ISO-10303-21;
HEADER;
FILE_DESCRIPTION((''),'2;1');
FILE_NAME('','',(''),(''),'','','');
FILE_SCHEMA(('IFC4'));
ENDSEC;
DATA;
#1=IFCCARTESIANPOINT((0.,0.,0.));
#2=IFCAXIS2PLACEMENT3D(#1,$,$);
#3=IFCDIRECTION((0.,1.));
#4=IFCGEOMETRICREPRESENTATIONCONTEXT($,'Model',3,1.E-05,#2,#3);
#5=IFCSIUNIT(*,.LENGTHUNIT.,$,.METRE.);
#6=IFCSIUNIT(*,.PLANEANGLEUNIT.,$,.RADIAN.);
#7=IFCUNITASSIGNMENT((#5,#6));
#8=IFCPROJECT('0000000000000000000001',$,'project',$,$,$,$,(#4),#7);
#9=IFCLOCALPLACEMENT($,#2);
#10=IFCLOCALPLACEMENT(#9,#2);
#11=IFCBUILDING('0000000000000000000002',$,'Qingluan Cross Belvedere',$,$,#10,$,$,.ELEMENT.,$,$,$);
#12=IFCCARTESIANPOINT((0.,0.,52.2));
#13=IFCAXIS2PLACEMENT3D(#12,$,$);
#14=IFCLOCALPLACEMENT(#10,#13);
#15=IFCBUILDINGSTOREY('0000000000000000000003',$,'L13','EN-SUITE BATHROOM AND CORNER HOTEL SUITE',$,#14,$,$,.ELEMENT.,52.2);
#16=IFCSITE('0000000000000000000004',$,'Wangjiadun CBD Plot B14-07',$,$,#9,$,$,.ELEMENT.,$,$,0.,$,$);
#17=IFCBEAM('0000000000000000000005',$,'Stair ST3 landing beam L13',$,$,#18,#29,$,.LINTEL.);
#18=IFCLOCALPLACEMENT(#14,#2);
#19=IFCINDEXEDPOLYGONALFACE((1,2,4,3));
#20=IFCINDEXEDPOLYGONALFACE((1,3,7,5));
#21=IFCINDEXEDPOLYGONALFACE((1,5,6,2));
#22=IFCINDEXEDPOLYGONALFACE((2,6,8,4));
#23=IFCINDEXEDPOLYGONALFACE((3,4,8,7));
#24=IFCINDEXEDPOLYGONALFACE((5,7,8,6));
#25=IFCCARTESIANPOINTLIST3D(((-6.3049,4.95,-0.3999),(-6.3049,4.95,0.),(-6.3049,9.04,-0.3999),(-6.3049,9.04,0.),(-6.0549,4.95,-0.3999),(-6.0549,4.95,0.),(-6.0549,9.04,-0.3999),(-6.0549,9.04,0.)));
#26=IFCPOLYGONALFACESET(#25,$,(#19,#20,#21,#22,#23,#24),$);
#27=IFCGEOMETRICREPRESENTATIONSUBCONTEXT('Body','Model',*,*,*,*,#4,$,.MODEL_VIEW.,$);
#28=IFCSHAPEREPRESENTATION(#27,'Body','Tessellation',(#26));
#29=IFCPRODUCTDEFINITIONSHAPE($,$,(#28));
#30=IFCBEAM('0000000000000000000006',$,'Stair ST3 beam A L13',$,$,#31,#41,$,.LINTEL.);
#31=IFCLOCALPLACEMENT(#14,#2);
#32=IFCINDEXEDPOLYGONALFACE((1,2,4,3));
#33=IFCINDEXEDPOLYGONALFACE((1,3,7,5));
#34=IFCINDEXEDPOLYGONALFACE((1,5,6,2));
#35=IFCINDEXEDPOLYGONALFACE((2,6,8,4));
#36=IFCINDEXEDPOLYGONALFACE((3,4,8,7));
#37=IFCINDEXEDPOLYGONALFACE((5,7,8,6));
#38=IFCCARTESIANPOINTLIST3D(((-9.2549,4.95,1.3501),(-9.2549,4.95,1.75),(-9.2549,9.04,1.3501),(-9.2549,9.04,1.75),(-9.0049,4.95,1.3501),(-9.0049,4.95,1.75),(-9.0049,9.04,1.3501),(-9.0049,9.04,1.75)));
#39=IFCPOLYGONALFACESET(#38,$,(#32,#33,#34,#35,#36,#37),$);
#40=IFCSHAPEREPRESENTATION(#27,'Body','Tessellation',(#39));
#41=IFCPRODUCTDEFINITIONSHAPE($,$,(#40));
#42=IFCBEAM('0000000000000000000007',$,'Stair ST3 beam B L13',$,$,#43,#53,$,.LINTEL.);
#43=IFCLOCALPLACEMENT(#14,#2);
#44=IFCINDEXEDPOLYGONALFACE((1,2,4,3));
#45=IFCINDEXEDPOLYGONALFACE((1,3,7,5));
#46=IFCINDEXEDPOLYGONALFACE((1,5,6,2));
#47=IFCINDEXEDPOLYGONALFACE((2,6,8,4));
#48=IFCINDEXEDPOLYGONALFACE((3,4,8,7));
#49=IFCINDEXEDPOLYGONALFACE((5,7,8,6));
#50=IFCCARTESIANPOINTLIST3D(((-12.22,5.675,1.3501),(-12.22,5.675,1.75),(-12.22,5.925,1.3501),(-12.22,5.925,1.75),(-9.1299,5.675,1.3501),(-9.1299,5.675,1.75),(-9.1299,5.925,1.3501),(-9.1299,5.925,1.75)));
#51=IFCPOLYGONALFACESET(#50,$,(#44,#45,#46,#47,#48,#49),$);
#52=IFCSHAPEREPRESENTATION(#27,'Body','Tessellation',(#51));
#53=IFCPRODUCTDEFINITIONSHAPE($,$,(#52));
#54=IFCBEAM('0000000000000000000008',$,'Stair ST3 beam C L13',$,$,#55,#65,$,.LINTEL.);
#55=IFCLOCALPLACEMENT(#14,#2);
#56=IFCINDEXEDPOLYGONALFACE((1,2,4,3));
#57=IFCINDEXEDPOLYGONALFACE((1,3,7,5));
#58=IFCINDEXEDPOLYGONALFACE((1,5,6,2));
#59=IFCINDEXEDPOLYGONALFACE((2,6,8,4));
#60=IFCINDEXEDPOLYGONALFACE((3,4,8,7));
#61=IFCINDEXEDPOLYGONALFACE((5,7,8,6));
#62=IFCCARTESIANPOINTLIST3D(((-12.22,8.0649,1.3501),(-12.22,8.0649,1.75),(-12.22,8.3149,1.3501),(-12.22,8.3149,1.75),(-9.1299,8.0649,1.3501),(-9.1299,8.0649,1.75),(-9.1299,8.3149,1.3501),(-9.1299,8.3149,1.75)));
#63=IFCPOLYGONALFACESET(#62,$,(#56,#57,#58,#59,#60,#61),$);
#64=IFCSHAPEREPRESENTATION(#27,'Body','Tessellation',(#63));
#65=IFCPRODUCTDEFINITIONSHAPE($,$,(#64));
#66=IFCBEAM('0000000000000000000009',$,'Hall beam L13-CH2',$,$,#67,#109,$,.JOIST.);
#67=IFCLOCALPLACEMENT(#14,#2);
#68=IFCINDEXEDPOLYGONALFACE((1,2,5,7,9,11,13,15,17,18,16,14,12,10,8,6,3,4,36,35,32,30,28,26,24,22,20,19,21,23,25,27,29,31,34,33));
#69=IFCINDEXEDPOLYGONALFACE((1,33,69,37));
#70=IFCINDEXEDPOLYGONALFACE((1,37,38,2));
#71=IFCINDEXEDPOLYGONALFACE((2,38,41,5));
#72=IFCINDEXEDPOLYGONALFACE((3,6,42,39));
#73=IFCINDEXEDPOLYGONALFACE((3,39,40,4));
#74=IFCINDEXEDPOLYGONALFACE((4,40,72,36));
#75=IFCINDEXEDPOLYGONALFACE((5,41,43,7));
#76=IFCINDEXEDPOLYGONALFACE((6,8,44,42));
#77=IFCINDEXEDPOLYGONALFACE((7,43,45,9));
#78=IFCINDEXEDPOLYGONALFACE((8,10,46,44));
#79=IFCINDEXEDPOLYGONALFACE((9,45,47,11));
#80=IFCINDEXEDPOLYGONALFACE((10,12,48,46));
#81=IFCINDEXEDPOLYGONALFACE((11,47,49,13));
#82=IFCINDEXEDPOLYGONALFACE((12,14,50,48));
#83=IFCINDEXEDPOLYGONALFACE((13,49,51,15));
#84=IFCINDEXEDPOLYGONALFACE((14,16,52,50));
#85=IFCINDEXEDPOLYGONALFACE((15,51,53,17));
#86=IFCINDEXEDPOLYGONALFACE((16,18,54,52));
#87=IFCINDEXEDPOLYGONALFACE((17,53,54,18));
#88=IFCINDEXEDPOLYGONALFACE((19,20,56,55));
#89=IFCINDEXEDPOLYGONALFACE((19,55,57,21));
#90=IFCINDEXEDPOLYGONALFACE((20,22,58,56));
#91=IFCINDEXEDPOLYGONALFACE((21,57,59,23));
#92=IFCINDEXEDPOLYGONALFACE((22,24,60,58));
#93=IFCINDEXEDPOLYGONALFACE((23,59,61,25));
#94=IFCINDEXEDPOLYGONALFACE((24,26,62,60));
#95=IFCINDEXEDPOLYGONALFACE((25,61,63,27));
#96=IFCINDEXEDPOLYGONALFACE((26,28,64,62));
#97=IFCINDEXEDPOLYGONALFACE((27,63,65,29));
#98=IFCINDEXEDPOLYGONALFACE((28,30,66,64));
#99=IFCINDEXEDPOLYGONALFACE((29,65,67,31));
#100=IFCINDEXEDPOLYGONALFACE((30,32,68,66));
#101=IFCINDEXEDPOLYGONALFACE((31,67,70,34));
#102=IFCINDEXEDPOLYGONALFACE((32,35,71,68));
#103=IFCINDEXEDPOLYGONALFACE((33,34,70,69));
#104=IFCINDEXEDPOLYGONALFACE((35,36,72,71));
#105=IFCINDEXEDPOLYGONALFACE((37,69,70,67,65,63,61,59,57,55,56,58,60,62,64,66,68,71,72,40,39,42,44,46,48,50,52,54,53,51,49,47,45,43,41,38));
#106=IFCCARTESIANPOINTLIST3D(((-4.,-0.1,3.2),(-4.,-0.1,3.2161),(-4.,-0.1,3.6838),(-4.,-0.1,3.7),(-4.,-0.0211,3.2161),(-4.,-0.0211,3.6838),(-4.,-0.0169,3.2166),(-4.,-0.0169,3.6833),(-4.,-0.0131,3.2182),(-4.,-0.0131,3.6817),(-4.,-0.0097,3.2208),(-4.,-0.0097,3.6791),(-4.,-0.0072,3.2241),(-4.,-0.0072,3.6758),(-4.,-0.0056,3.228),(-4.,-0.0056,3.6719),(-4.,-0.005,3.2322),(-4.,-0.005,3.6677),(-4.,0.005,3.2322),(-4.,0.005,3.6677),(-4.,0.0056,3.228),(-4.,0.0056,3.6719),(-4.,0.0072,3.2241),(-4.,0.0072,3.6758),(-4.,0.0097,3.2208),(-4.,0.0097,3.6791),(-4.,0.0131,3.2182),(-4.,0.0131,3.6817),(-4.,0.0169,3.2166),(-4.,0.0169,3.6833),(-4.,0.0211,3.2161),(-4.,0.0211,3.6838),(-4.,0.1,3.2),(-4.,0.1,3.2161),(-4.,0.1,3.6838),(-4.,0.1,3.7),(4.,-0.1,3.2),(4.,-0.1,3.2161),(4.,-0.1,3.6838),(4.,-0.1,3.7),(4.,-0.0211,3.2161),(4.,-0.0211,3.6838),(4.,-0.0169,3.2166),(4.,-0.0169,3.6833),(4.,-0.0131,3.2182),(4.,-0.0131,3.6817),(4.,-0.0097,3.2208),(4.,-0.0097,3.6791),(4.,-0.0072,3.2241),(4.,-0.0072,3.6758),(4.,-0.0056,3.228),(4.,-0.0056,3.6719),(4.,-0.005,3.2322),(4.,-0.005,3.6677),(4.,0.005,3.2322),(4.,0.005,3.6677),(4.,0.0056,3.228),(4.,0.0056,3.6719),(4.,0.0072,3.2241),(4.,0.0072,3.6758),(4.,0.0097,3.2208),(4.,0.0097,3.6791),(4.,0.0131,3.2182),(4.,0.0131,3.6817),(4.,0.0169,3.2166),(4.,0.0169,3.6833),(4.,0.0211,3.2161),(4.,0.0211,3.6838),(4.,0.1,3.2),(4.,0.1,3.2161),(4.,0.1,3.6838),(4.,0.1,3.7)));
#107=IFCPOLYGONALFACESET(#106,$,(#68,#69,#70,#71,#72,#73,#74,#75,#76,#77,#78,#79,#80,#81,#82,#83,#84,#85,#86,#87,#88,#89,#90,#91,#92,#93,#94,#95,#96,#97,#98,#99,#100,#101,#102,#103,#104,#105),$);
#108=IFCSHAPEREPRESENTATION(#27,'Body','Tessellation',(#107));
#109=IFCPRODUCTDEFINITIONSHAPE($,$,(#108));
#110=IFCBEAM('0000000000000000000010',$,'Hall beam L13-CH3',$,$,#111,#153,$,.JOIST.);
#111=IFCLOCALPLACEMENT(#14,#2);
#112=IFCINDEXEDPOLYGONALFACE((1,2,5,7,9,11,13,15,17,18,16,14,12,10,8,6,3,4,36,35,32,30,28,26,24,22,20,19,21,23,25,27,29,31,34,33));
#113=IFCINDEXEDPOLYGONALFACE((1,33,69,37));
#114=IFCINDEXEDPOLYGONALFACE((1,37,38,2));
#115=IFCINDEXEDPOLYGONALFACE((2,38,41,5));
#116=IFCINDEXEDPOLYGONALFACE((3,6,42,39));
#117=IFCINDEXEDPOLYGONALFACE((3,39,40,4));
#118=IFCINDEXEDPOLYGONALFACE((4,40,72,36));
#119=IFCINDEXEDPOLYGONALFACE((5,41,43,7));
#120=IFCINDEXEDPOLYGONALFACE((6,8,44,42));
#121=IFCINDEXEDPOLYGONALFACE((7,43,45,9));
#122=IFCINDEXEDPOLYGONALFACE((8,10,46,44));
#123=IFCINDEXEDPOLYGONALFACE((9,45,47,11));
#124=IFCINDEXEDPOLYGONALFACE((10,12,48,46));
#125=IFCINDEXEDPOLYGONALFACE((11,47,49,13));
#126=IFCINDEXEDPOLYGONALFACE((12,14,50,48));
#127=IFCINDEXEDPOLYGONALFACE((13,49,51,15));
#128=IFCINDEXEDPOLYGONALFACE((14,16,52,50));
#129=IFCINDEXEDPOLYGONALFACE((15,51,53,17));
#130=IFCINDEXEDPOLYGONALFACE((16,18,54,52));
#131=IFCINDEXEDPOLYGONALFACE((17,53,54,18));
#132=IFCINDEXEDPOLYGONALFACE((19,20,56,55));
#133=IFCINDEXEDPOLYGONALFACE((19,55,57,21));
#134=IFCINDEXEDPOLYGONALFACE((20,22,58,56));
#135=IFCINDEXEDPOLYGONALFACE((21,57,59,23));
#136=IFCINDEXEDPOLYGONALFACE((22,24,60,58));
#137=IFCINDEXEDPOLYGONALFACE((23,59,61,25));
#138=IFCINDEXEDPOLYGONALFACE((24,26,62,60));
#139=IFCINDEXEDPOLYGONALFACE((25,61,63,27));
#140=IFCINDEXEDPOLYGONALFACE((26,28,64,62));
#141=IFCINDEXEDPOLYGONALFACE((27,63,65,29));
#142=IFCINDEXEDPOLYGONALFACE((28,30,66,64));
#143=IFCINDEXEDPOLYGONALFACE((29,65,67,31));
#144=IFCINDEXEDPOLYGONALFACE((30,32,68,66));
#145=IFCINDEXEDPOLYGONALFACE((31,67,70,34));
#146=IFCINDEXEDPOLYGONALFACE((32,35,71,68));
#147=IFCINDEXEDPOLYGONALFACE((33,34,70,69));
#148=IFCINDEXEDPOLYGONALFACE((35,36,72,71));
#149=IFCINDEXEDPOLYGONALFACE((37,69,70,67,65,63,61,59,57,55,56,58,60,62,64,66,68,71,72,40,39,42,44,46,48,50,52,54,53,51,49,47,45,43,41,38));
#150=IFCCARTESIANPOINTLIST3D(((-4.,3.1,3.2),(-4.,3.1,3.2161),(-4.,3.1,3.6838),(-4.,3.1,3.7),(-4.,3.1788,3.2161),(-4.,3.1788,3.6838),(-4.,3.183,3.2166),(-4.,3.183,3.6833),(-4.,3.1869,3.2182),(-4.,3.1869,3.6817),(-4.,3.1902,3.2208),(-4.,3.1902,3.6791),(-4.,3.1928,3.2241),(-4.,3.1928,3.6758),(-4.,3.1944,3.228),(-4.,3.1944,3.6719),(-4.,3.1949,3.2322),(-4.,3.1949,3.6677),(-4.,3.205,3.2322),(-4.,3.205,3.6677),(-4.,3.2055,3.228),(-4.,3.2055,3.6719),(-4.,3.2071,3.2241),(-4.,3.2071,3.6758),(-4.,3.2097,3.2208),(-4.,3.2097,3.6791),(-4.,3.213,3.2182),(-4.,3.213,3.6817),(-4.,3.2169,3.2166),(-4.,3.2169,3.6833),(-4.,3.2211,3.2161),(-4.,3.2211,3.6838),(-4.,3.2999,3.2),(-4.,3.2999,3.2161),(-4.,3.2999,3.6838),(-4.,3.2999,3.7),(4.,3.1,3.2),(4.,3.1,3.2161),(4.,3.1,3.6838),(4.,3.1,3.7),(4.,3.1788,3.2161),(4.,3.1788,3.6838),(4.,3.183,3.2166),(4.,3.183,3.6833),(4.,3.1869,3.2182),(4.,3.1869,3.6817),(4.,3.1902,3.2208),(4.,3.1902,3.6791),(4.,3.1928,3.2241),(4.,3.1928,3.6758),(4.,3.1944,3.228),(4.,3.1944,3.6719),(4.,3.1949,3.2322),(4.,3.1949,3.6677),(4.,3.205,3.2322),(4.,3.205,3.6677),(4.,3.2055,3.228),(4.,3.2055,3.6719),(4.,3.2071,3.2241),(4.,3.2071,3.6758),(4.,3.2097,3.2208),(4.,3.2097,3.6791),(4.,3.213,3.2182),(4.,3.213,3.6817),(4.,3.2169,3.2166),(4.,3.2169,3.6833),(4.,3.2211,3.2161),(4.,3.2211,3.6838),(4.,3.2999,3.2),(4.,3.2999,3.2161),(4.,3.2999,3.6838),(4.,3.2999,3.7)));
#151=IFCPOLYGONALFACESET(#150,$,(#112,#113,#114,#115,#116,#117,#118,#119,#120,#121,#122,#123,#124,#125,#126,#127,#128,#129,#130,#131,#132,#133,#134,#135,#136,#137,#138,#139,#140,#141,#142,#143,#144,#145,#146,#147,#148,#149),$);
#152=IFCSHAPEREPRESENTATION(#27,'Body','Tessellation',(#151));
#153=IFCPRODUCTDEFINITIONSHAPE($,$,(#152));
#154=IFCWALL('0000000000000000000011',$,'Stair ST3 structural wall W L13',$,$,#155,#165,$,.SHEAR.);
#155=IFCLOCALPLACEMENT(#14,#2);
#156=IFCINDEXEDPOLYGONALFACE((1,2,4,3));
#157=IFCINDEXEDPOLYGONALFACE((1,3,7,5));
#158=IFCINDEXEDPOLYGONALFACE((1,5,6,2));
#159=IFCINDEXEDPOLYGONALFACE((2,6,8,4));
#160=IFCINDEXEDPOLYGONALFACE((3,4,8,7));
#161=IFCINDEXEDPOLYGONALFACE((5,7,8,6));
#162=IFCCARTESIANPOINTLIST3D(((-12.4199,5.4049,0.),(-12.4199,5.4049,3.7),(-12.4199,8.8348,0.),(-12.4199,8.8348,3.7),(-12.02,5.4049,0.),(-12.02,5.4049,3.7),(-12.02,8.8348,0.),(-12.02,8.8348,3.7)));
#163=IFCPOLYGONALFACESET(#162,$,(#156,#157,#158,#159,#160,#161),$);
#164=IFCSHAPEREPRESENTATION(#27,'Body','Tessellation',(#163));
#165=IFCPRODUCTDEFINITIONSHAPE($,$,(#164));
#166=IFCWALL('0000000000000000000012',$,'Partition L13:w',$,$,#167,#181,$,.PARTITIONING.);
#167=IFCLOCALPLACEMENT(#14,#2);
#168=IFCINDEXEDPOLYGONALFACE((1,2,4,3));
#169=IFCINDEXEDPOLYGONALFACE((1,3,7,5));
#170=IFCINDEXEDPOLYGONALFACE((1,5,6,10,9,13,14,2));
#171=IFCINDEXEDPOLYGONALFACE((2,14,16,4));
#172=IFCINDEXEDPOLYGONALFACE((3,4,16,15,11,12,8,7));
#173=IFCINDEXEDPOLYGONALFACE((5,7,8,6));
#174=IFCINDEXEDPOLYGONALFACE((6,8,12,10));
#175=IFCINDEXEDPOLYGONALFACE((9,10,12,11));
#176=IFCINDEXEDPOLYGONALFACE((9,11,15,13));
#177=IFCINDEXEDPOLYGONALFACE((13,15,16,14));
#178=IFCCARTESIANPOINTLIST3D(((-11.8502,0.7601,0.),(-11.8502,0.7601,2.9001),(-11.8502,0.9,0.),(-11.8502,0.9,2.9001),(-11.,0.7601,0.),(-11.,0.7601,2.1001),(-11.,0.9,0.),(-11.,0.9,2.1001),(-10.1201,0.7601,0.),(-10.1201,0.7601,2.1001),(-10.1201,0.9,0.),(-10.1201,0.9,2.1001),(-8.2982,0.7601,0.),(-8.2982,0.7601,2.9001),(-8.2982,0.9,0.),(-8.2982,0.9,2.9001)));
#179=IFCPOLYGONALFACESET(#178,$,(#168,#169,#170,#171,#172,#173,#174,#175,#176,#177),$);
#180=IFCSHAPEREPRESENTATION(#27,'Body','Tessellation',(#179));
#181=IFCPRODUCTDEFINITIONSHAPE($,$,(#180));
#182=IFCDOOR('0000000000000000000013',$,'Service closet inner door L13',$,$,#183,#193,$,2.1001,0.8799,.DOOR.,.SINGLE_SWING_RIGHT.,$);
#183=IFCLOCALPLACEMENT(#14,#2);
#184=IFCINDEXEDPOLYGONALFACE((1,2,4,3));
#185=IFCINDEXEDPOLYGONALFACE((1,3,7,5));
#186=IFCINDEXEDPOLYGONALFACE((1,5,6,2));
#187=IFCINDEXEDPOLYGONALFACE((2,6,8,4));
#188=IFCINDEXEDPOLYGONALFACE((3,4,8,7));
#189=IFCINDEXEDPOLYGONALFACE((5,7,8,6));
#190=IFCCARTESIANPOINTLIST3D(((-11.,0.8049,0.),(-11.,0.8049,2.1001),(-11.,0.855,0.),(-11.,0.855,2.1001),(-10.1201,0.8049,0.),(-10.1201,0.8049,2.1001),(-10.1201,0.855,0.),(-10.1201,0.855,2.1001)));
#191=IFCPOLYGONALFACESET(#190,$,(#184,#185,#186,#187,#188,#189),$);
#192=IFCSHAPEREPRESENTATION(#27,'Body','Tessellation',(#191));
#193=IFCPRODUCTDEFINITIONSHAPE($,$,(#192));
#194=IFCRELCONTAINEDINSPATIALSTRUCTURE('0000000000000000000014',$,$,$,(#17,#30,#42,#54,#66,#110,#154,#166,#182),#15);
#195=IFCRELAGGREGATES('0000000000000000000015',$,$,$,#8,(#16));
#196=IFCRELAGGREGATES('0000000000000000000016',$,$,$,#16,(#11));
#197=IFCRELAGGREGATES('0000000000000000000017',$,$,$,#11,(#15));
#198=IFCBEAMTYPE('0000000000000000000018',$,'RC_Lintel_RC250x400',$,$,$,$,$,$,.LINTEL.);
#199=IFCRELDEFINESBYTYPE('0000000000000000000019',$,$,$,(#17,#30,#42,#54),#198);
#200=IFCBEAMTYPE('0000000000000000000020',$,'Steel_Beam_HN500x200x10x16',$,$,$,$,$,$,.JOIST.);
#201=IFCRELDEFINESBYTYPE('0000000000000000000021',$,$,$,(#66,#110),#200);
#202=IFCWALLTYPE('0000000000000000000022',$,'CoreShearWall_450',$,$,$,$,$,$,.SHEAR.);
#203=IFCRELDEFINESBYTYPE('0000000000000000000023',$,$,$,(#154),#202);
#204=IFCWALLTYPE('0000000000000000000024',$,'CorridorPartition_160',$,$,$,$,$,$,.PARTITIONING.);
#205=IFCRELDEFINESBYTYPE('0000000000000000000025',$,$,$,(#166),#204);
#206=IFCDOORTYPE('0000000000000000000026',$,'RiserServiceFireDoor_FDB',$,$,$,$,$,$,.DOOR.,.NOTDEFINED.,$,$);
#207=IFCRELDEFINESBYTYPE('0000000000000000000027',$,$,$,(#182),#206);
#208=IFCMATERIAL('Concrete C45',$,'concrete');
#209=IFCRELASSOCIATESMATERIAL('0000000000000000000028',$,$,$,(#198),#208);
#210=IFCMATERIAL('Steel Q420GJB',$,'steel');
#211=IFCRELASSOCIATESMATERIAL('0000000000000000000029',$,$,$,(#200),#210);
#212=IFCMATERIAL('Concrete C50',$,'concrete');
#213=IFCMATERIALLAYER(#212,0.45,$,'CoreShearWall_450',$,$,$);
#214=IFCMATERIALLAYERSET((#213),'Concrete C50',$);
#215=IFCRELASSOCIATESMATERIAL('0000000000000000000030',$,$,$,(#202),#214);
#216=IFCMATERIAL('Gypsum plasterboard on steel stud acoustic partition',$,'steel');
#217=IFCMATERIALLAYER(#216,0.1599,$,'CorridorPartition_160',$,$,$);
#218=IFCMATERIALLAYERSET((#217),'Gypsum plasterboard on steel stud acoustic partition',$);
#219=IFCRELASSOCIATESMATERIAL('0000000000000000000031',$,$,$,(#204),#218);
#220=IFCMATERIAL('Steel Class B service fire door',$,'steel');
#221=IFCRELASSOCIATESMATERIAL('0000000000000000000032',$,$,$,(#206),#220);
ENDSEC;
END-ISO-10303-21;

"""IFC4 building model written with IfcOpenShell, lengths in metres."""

from ifc_helpers import new_model, si_unit, direction, frame, frame_2d, origin, origin_2d, place, context, subcontext, project, spatial, rectangle, i_section, extrude, material, layer, layer_set, material_profile, profile_set, type_object, element, fill, save


model = new_model("IFC4")

# Units and contexts
model_context = context("Model", 3, precision=1e-05, world=origin(), true_north=direction((0.0, 1.0)))
body_context = subcontext(model_context, "Body", "Model", "MODEL_VIEW")
ifc_project = project(units=[si_unit("LENGTHUNIT", "METRE"), si_unit("PLANEANGLEUNIT", "RADIAN")], contexts=[model_context])

# Site, building, storey
site_placement = place(None, origin())
site = spatial("IfcSite", under=ifc_project, at=site_placement, Name="Wangjiadun CBD Plot B14-07", CompositionType="ELEMENT", RefElevation=0.0)
building_placement = place(site_placement, origin())
building = spatial("IfcBuilding", under=site, at=building_placement, Name="Qingluan Cross Belvedere", CompositionType="ELEMENT")
storey_placement = place(building_placement, frame((0.0, 0.0, 52.2)))
storey = spatial("IfcBuildingStorey", under=building, at=storey_placement, Name="L13", Description="EN-SUITE BATHROOM AND CORNER HOTEL SUITE", CompositionType="ELEMENT", Elevation=52.2)

# Beams
ifc_material_1 = material(Name="Concrete C45", Category="concrete")
ifc_material_profile_1 = material_profile(ifc_material_1, rectangle(XDim=0.25, YDim=0.3999, at=origin_2d()), Name="RC250x400")
ifc_profile_set_1 = profile_set([ifc_material_profile_1], Name="Concrete C45")
beam_type_1 = type_object("IfcBeamType", Name="RC_Lintel_RC250x400", PredefinedType="LINTEL", material=ifc_profile_set_1)
for number, where, z_axis, x_axis, name in (
    (1, (-6.1799, 4.95, -0.2), (0.0, 1.0, 0.0), (-1.0, 0.0, 0.0), "Stair ST3 landing beam L13"),
    (2, (-9.1299, 4.95, 1.55), (0.0, 1.0, 0.0), (-1.0, 0.0, 0.0), "Stair ST3 beam A L13"),
):
    element("IfcBeam", number, at=place(storey_placement, frame(where, z_axis=z_axis, x_axis=x_axis)), inside=storey, type_object=beam_type_1, Name=name, PredefinedType="LINTEL", context=body_context, shape_type="SweptSolid", body=[
        extrude(rectangle(XDim=0.25, YDim=0.3999, at=origin_2d()), origin(), (0.0, 0.0, 1.0), 4.0901),
    ])
for number, where, z_axis, x_axis, name in (
    (3, (-12.22, 5.8, 1.55), (1.0, 0.0, 0.0), (0.0, 1.0, 0.0), "Stair ST3 beam B L13"),
    (4, (-12.22, 8.1899, 1.55), (1.0, 0.0, 0.0), (0.0, 1.0, 0.0), "Stair ST3 beam C L13"),
):
    element("IfcBeam", number, at=place(storey_placement, frame(where, z_axis=z_axis, x_axis=x_axis)), inside=storey, type_object=beam_type_1, Name=name, PredefinedType="LINTEL", context=body_context, shape_type="SweptSolid", body=[
        extrude(rectangle(XDim=0.25, YDim=0.3999, at=origin_2d()), origin(), (0.0, 0.0, 1.0), 3.0901),
    ])
ifc_material_2 = material(Name="Steel Q420GJB", Category="steel")
ifc_material_profile_2 = material_profile(ifc_material_2, i_section(OverallWidth=0.2, OverallDepth=0.5, WebThickness=0.01, FlangeThickness=0.0161, FilletRadius=0.0161, at=origin_2d()), Name="HN500x200x10x16")
ifc_profile_set_2 = profile_set([ifc_material_profile_2], Name="Steel Q420GJB")
beam_type_2 = type_object("IfcBeamType", Name="Steel_Beam_HN500x200x10x16", PredefinedType="JOIST", material=ifc_profile_set_2)
for number, where, z_axis, x_axis, name in (
    (5, (-4.0, 0.0, 3.45), (1.0, 0.0, 0.0), (0.0, 1.0, 0.0), "Hall beam L13-CH2"),
    (6, (-4.0, 3.2, 3.45), (1.0, 0.0, 0.0), (0.0, 1.0, 0.0), "Hall beam L13-CH3"),
):
    element("IfcBeam", number, at=place(storey_placement, frame(where, z_axis=z_axis, x_axis=x_axis)), inside=storey, type_object=beam_type_2, Name=name, PredefinedType="JOIST", context=body_context, shape_type="SweptSolid", body=[
        extrude(i_section(OverallWidth=0.2, OverallDepth=0.5, WebThickness=0.01, FlangeThickness=0.0161, FilletRadius=0.0161, at=origin_2d()), origin(), (0.0, 0.0, 1.0), 8.0),
    ])

# Wall
ifc_material_3 = material(Name="Concrete C50", Category="concrete")
ifc_layer_1 = layer(ifc_material_3, 0.45, Name="CoreShearWall_450")
ifc_layer_set_1 = layer_set([ifc_layer_1], Name="Concrete C50")
wall_type_1 = type_object("IfcWallType", Name="CoreShearWall_450", PredefinedType="SHEAR", material=ifc_layer_set_1)
wall_1_placement = place(storey_placement, frame((-12.22, 5.405, 0.0), z_axis=(0.0, 0.0, 1.0), x_axis=(0.0, 1.0, 0.0)))
element("IfcWall", 7, at=wall_1_placement, inside=storey, type_object=wall_type_1, Name="Stair ST3 structural wall W L13", PredefinedType="SHEAR", context=body_context, shape_type="SweptSolid", body=[
    extrude(rectangle(XDim=3.4299, YDim=0.3999, at=frame_2d((1.7148, 0.0))), origin(), (0.0, 0.0, 1.0), 3.7),
])

# Wall, opening, door
ifc_material_4 = material(Name="Gypsum plasterboard on steel stud acoustic partition", Category="steel")
ifc_layer_2 = layer(ifc_material_4, 0.1599, Name="CorridorPartition_160")
ifc_layer_set_2 = layer_set([ifc_layer_2], Name="Gypsum plasterboard on steel stud acoustic partition")
wall_type_2 = type_object("IfcWallType", Name="CorridorPartition_160", PredefinedType="PARTITIONING", material=ifc_layer_set_2)
wall_2_placement = place(storey_placement, frame((-11.8501, 0.8301, 0.0), z_axis=(0.0, 0.0, 1.0), x_axis=(1.0, 0.0, 0.0)))
wall_2 = element("IfcWall", 8, at=wall_2_placement, inside=storey, type_object=wall_type_2, Name="Partition L13:w", PredefinedType="PARTITIONING", context=body_context, shape_type="SweptSolid", body=[
    extrude(rectangle(XDim=3.552, YDim=0.1399, at=frame_2d((1.7759, 0.0))), origin(), (0.0, 0.0, 1.0), 2.9001),
])
opening_1_placement = place(wall_2_placement, frame((0.8501, 0.0, 0.0)))
opening_1 = element("IfcOpeningElement", 9, at=opening_1_placement, cuts=wall_2, PredefinedType="OPENING", context=body_context, shape_type="SweptSolid", body=[
    extrude(rectangle(XDim=0.8799, YDim=2.1001, at=frame_2d((0.4399, 1.05))), frame((0.0, 0.0798, 0.0), z_axis=(0.0, -1.0, 0.0), x_axis=(1.0, 0.0, 0.0)), (0.0, 0.0, 1.0), 0.1599),
])
ifc_material_5 = material(Name="Steel Class B service fire door", Category="steel")
door_type_1 = type_object("IfcDoorType", Name="RiserServiceFireDoor_FDB", OperationType="NOTDEFINED", PredefinedType="DOOR", material=ifc_material_5)
door_1_placement = place(opening_1_placement, origin())
door_1 = element("IfcDoor", 10, at=door_1_placement, inside=storey, type_object=door_type_1, Name="Service closet inner door L13", OperationType="SINGLE_SWING_RIGHT", OverallHeight=2.1001, OverallWidth=0.8799, PredefinedType="DOOR", context=body_context, shape_type="SweptSolid", body=[
    extrude(rectangle(XDim=0.8799, YDim=2.1001, at=frame_2d((0.4399, 1.05))), frame((0.0, 0.0249, 0.0), z_axis=(0.0, -1.0, 0.0), x_axis=(1.0, 0.0, 0.0)), (0.0, 0.0, 1.0), 0.05),
])
fill(opening_1, door_1)

save(model, "model.ifc")
